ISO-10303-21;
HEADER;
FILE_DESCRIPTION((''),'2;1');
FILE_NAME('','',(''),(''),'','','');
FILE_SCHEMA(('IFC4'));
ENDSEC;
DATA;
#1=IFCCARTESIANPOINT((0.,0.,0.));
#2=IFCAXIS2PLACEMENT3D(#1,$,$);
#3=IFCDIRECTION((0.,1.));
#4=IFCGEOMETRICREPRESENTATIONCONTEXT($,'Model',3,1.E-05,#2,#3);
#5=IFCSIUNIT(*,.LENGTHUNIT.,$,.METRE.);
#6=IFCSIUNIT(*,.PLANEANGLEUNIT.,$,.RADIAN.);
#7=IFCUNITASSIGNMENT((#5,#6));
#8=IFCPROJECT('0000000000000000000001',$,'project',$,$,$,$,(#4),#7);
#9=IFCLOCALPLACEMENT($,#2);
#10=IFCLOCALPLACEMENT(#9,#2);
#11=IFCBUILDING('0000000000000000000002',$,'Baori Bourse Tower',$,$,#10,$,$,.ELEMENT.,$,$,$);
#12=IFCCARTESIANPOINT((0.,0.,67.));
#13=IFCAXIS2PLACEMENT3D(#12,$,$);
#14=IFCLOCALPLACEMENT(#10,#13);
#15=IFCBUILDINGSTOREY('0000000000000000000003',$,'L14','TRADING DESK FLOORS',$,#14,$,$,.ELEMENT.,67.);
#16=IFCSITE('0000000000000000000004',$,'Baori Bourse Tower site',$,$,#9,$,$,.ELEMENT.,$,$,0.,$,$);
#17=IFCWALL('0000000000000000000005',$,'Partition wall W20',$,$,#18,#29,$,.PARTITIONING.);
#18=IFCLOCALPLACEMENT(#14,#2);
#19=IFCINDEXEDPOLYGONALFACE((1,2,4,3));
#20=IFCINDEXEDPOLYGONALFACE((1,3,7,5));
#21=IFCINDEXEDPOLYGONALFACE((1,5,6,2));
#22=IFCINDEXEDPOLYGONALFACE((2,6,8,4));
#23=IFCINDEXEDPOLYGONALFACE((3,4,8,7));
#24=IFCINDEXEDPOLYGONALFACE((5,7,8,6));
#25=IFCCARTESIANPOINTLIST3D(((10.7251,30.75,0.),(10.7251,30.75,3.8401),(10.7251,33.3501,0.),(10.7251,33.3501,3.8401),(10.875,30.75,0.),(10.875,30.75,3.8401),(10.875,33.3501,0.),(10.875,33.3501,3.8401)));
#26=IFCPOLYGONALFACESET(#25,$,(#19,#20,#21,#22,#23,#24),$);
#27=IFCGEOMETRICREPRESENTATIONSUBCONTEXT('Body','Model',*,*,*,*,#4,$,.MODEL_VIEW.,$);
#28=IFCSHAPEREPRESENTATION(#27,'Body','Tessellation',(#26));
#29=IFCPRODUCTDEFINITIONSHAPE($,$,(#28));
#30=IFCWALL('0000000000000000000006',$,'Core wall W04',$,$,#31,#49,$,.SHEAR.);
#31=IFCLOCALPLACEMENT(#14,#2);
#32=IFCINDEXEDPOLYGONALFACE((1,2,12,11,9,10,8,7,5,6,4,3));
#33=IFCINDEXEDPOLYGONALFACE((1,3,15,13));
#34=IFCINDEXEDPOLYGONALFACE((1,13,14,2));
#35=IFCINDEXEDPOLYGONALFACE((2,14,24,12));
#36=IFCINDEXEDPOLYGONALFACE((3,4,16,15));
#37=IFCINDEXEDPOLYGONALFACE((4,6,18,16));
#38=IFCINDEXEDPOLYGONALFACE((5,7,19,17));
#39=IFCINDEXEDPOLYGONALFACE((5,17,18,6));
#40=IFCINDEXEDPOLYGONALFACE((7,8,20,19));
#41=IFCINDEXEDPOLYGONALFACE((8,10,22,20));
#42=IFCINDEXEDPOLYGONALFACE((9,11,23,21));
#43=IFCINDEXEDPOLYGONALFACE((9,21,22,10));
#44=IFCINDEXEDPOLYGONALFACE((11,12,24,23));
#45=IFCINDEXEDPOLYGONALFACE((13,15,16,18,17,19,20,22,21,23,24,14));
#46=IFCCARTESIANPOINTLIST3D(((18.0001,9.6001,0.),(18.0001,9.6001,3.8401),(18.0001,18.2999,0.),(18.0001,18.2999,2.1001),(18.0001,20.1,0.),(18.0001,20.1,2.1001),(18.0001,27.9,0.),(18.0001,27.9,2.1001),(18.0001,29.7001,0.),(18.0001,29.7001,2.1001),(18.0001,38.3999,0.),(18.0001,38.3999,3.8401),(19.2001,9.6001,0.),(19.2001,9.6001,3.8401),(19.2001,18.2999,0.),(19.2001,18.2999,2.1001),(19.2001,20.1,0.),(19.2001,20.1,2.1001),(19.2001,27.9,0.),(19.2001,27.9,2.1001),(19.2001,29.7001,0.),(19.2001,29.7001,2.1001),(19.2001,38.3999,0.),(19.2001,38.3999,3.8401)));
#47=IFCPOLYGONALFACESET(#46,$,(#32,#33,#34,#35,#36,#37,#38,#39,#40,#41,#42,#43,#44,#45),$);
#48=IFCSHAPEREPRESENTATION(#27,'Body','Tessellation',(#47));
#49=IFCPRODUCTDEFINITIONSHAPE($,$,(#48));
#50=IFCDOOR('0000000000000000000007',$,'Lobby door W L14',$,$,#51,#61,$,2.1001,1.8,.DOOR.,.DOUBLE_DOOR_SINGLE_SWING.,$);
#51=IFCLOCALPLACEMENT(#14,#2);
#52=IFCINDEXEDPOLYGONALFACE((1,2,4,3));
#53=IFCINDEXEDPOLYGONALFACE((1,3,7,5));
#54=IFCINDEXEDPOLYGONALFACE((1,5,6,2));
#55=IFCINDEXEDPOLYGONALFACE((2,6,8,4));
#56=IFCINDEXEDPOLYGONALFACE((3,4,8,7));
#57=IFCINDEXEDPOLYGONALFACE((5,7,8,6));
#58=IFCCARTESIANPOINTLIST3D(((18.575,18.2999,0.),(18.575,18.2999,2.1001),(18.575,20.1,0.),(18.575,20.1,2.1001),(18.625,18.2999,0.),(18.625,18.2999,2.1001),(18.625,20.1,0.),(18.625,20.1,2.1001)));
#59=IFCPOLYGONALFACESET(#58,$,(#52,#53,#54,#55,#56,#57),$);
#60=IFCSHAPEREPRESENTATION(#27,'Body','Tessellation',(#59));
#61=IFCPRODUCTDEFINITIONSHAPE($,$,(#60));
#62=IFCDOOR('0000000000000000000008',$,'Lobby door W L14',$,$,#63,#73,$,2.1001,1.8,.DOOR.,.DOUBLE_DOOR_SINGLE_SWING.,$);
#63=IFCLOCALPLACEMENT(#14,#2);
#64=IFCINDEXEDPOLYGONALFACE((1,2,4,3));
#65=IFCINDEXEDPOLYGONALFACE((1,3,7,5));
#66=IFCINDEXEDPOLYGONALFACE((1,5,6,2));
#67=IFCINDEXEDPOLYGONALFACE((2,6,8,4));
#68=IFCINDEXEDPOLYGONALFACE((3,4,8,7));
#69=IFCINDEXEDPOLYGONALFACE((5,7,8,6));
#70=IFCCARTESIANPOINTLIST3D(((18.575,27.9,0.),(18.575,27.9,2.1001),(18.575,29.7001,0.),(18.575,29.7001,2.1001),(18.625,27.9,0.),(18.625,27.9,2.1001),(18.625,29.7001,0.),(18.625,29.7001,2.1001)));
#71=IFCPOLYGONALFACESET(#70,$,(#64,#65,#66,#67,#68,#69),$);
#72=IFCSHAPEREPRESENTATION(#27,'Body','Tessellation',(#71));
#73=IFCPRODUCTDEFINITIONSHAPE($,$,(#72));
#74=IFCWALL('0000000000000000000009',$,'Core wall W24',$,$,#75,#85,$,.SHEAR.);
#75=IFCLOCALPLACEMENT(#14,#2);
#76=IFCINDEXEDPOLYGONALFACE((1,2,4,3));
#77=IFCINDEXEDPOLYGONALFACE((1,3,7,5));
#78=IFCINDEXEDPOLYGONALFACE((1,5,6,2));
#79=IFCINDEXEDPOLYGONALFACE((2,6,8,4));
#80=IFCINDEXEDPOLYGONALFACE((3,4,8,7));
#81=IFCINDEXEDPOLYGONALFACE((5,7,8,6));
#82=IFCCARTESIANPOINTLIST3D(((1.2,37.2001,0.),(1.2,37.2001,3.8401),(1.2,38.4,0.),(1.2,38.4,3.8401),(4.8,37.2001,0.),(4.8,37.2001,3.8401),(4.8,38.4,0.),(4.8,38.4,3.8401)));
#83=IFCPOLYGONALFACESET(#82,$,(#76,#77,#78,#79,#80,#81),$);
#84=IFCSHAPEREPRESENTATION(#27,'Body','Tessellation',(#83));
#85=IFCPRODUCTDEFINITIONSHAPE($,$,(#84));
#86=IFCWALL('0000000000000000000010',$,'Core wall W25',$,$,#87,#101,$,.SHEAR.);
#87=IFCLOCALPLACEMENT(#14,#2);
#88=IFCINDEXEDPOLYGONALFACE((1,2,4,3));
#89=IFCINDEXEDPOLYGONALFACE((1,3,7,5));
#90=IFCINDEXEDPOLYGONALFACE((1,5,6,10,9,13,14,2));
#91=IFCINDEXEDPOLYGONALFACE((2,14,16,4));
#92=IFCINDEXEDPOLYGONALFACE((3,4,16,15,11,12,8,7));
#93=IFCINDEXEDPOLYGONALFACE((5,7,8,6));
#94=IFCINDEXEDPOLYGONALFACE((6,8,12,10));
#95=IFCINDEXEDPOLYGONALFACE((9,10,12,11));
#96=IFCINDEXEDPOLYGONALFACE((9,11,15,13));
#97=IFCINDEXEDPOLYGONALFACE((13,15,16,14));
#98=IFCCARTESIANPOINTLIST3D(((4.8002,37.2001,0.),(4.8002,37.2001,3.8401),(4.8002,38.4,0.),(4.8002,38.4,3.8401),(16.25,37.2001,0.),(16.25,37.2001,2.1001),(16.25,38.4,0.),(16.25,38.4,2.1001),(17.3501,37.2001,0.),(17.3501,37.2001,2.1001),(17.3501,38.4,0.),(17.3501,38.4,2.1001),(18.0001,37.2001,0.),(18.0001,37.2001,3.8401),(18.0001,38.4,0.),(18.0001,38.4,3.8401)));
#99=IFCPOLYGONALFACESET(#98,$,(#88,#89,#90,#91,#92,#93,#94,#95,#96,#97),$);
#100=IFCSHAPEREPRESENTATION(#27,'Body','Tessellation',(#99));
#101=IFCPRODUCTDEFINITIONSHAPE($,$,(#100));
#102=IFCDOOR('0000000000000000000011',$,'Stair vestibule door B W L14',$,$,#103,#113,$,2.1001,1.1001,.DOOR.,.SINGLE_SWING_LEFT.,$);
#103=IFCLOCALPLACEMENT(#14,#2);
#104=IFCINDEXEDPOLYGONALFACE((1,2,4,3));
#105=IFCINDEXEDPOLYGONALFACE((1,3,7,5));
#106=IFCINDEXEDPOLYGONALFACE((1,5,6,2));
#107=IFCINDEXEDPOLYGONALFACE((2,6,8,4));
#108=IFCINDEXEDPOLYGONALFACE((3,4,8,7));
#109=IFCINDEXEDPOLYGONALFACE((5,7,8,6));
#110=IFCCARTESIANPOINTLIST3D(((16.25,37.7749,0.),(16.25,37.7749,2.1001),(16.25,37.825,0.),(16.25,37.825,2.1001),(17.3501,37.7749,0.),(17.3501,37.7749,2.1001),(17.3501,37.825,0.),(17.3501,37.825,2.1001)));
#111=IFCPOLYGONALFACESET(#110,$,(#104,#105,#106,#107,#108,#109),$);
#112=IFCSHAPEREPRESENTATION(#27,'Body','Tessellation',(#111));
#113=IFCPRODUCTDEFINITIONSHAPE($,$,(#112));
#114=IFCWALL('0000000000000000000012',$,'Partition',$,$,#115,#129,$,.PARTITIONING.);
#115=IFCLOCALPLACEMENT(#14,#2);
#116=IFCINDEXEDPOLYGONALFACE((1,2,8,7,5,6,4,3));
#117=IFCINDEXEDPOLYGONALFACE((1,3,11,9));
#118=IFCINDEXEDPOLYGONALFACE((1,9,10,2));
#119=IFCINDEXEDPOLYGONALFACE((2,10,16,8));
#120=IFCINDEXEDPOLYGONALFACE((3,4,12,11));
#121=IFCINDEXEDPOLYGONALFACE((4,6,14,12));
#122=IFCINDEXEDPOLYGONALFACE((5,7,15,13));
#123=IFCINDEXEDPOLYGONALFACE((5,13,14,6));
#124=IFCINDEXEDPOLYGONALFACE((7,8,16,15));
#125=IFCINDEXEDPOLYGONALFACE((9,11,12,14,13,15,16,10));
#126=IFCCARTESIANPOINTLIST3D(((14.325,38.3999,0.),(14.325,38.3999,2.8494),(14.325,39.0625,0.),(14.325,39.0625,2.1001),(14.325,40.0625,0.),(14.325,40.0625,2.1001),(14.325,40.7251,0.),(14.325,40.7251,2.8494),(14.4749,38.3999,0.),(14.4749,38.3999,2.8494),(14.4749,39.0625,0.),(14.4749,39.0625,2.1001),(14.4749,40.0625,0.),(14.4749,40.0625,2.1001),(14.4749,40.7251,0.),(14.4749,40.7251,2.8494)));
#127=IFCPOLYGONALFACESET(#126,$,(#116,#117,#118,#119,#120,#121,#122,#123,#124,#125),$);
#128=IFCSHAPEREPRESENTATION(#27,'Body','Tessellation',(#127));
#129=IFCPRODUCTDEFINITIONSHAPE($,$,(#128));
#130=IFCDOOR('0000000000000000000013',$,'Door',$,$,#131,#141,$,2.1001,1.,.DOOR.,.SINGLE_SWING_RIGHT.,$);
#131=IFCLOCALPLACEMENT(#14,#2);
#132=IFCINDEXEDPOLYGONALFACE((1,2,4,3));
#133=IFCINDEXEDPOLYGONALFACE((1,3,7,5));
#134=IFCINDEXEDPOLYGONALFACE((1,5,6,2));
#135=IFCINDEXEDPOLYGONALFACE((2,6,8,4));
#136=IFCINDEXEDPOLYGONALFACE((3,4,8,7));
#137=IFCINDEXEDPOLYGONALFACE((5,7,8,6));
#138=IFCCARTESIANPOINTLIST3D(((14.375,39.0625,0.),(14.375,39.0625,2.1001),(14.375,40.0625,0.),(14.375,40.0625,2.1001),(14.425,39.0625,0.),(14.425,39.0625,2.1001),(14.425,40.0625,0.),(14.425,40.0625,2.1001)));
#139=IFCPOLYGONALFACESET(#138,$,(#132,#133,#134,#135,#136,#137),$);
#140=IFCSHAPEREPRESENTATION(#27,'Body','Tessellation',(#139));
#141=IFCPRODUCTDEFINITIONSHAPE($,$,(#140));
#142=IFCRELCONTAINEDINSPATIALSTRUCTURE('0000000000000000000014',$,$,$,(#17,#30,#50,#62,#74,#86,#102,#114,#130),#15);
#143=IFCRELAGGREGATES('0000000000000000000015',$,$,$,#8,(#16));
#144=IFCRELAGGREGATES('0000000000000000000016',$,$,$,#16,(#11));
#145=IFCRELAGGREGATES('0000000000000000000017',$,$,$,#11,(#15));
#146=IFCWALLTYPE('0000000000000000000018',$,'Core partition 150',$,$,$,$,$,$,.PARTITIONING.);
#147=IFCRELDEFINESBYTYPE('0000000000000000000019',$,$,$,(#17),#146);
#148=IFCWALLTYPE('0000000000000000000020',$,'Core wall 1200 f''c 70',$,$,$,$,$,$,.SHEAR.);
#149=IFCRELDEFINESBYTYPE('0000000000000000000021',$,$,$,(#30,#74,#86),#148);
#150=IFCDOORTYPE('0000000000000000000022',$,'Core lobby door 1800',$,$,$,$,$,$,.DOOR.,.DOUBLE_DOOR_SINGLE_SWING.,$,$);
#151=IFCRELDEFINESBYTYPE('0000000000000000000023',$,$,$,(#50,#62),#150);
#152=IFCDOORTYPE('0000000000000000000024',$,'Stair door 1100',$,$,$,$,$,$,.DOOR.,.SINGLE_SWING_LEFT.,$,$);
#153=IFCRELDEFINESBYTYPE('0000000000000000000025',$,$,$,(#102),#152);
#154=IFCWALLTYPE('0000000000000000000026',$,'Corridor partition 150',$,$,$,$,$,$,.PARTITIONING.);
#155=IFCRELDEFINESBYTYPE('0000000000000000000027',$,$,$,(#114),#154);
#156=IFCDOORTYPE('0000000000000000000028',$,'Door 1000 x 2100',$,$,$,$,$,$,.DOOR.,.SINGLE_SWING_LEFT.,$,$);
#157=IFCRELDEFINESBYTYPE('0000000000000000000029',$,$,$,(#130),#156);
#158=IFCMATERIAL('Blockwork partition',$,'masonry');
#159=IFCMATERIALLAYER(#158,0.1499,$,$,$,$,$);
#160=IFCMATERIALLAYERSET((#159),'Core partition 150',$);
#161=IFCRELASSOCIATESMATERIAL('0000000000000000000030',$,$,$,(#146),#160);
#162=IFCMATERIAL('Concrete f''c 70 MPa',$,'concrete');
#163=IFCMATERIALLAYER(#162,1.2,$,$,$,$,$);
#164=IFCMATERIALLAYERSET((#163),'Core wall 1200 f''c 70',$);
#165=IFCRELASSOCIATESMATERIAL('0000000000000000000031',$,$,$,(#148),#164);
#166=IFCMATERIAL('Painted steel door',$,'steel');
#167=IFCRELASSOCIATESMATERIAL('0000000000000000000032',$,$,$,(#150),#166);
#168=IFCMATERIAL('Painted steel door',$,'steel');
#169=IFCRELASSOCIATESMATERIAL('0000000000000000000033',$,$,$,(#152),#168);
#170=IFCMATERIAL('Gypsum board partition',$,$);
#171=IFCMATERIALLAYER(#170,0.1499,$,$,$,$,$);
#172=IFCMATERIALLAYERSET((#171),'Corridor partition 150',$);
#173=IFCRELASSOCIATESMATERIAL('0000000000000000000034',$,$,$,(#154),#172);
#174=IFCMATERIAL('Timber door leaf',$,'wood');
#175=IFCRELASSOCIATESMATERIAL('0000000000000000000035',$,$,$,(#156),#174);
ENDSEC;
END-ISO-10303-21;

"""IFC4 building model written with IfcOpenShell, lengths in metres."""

from ifc_helpers import new_model, si_unit, direction, frame, frame_2d, origin, place, context, subcontext, project, spatial, rectangle, extrude, material, layer, layer_set, type_object, element, fill, save


model = new_model("IFC4")

# Units and contexts
model_context = context("Model", 3, precision=1e-05, world=origin(), true_north=direction((0.0, 1.0)))
body_context = subcontext(model_context, "Body", "Model", "MODEL_VIEW")
ifc_project = project(units=[si_unit("LENGTHUNIT", "METRE"), si_unit("PLANEANGLEUNIT", "RADIAN")], contexts=[model_context])

# Site, building, storey
site_placement = place(None, origin())
site = spatial("IfcSite", under=ifc_project, at=site_placement, Name="Baori Bourse Tower site", CompositionType="ELEMENT", RefElevation=0.0)
building_placement = place(site_placement, origin())
building = spatial("IfcBuilding", under=site, at=building_placement, Name="Baori Bourse Tower", CompositionType="ELEMENT")
storey_placement = place(building_placement, frame((0.0, 0.0, 67.0)))
storey = spatial("IfcBuildingStorey", under=building, at=storey_placement, Name="L14", Description="TRADING DESK FLOORS", CompositionType="ELEMENT", Elevation=67.0)

# Wall
ifc_material_1 = material(Name="Blockwork partition", Category="masonry")
ifc_layer_1 = layer(ifc_material_1, 0.1499)
ifc_layer_set_1 = layer_set([ifc_layer_1], Name="Core partition 150")
wall_type_1 = type_object("IfcWallType", Name="Core partition 150", PredefinedType="PARTITIONING", material=ifc_layer_set_1)
for number, where, z_axis, x_axis, name in (
    (1, (10.8, 30.75, 0.0), (0.0, 0.0, 1.0), (0.0, 1.0, 0.0), "Partition wall W20"),
):
    element("IfcWall", number, at=place(storey_placement, frame(where, z_axis=z_axis, x_axis=x_axis)), inside=storey, type_object=wall_type_1, Name=name, PredefinedType="PARTITIONING", context=body_context, shape_type="SweptSolid", body=[
        extrude(rectangle(XDim=2.6001, YDim=0.1499, at=frame_2d((1.3, 0.0))), origin(), (0.0, 0.0, 1.0), 3.8401),
    ])

# Wall, openings, doors
ifc_material_2 = material(Name="Concrete f'c 70 MPa", Category="concrete")
ifc_layer_2 = layer(ifc_material_2, 1.2)
ifc_layer_set_2 = layer_set([ifc_layer_2], Name="Core wall 1200 f'c 70")
wall_type_2 = type_object("IfcWallType", Name="Core wall 1200 f'c 70", PredefinedType="SHEAR", material=ifc_layer_set_2)
wall_1_placement = place(storey_placement, frame((18.6001, 38.3999, 0.0), z_axis=(0.0, 0.0, 1.0), x_axis=(0.0, -1.0, 0.0)))
wall_1 = element("IfcWall", 2, at=wall_1_placement, inside=storey, type_object=wall_type_2, Name="Core wall W04", PredefinedType="SHEAR", context=body_context, shape_type="SweptSolid", body=[
    extrude(rectangle(XDim=28.7998, YDim=1.2, at=frame_2d((14.3999, 0.0))), origin(), (0.0, 0.0, 1.0), 3.8401),
])
opening_1_placement = place(wall_1_placement, frame((18.3, 0.0, 0.0)))
opening_1 = element("IfcOpeningElement", 3, at=opening_1_placement, cuts=wall_1, PredefinedType="OPENING", context=body_context, shape_type="SweptSolid", body=[
    extrude(rectangle(XDim=1.8, YDim=2.1001, at=frame_2d((0.8999, 1.05))), frame((0.0, 0.6099, 0.0), z_axis=(0.0, -1.0, 0.0), x_axis=(1.0, 0.0, 0.0)), (0.0, 0.0, 1.0), 1.22),
])
opening_2_placement = place(wall_1_placement, frame((8.7, 0.0, 0.0)))
opening_2 = element("IfcOpeningElement", 4, at=opening_2_placement, cuts=wall_1, PredefinedType="OPENING", context=body_context, shape_type="SweptSolid", body=[
    extrude(rectangle(XDim=1.8, YDim=2.1001, at=frame_2d((0.8999, 1.05))), frame((0.0, 0.6099, 0.0), z_axis=(0.0, -1.0, 0.0), x_axis=(1.0, 0.0, 0.0)), (0.0, 0.0, 1.0), 1.22),
])
ifc_material_3 = material(Name="Painted steel door", Category="steel")
door_type_1 = type_object("IfcDoorType", Name="Core lobby door 1800", OperationType="DOUBLE_DOOR_SINGLE_SWING", PredefinedType="DOOR", material=ifc_material_3)
door_1_placement = place(opening_1_placement, origin())
door_1 = element("IfcDoor", 5, at=door_1_placement, inside=storey, type_object=door_type_1, Name="Lobby door W L14", OperationType="DOUBLE_DOOR_SINGLE_SWING", OverallHeight=2.1001, OverallWidth=1.8, PredefinedType="DOOR", context=body_context, shape_type="SweptSolid", body=[
    extrude(rectangle(XDim=1.8, YDim=2.1001, at=frame_2d((0.8999, 1.05))), frame((0.0, 0.0249, 0.0), z_axis=(0.0, -1.0, 0.0), x_axis=(1.0, 0.0, 0.0)), (0.0, 0.0, 1.0), 0.05),
])
fill(opening_1, door_1)
door_2_placement = place(opening_2_placement, origin())
door_2 = element("IfcDoor", 6, at=door_2_placement, inside=storey, type_object=door_type_1, Name="Lobby door W L14", OperationType="DOUBLE_DOOR_SINGLE_SWING", OverallHeight=2.1001, OverallWidth=1.8, PredefinedType="DOOR", context=body_context, shape_type="SweptSolid", body=[
    extrude(rectangle(XDim=1.8, YDim=2.1001, at=frame_2d((0.8999, 1.05))), frame((0.0, 0.0249, 0.0), z_axis=(0.0, -1.0, 0.0), x_axis=(1.0, 0.0, 0.0)), (0.0, 0.0, 1.0), 0.05),
])
fill(opening_2, door_2)

# Wall
wall_2_placement = place(storey_placement, frame((1.2, 37.8, 0.0), z_axis=(0.0, 0.0, 1.0), x_axis=(1.0, 0.0, 0.0)))
element("IfcWall", 7, at=wall_2_placement, inside=storey, type_object=wall_type_2, Name="Core wall W24", PredefinedType="SHEAR", context=body_context, shape_type="SweptSolid", body=[
    extrude(rectangle(XDim=3.6001, YDim=1.2, at=frame_2d((1.8, 0.0))), origin(), (0.0, 0.0, 1.0), 3.8401),
])

# Walls, openings, doors
wall_3_placement = place(storey_placement, frame((4.8, 37.8, 0.0), z_axis=(0.0, 0.0, 1.0), x_axis=(1.0, 0.0, 0.0)))
wall_3 = element("IfcWall", 8, at=wall_3_placement, inside=storey, type_object=wall_type_2, Name="Core wall W25", PredefinedType="SHEAR", context=body_context, shape_type="SweptSolid", body=[
    extrude(rectangle(XDim=13.2, YDim=1.2, at=frame_2d((6.6001, 0.0))), origin(), (0.0, 0.0, 1.0), 3.8401),
])
opening_3_placement = place(wall_3_placement, frame((11.45, 0.0, 0.0)))
opening_3 = element("IfcOpeningElement", 9, at=opening_3_placement, cuts=wall_3, PredefinedType="OPENING", context=body_context, shape_type="SweptSolid", body=[
    extrude(rectangle(XDim=1.1001, YDim=2.1001, at=frame_2d((0.55, 1.05))), frame((0.0, 0.6099, 0.0), z_axis=(0.0, -1.0, 0.0), x_axis=(1.0, 0.0, 0.0)), (0.0, 0.0, 1.0), 1.22),
])
ifc_material_4 = material(Name="Painted steel door", Category="steel")
door_type_2 = type_object("IfcDoorType", Name="Stair door 1100", OperationType="SINGLE_SWING_LEFT", PredefinedType="DOOR", material=ifc_material_4)
door_3_placement = place(opening_3_placement, origin())
door_3 = element("IfcDoor", 10, at=door_3_placement, inside=storey, type_object=door_type_2, Name="Stair vestibule door B W L14", OperationType="SINGLE_SWING_LEFT", OverallHeight=2.1001, OverallWidth=1.1001, PredefinedType="DOOR", context=body_context, shape_type="SweptSolid", body=[
    extrude(rectangle(XDim=1.1001, YDim=2.1001, at=frame_2d((0.55, 1.05))), frame((0.0, 0.0249, 0.0), z_axis=(0.0, -1.0, 0.0), x_axis=(1.0, 0.0, 0.0)), (0.0, 0.0, 1.0), 0.05),
])
fill(opening_3, door_3)
ifc_material_5 = material(Name="Gypsum board partition")
ifc_layer_3 = layer(ifc_material_5, 0.1499)
ifc_layer_set_3 = layer_set([ifc_layer_3], Name="Corridor partition 150")
wall_type_3 = type_object("IfcWallType", Name="Corridor partition 150", PredefinedType="PARTITIONING", material=ifc_layer_set_3)
wall_4_placement = place(storey_placement, frame((14.3999, 38.3999, 0.0), z_axis=(0.0, 0.0, 1.0), x_axis=(0.0, 1.0, 0.0)))
wall_4 = element("IfcWall", 11, at=wall_4_placement, inside=storey, type_object=wall_type_3, Name="Partition", PredefinedType="PARTITIONING", context=body_context, shape_type="SweptSolid", body=[
    extrude(rectangle(XDim=2.3252, YDim=0.1499, at=frame_2d((1.1626, 0.0))), origin(), (0.0, 0.0, 1.0), 2.8494),
])
opening_4_placement = place(wall_4_placement, frame((0.6626, 0.0, 0.0)))
opening_4 = element("IfcOpeningElement", 12, at=opening_4_placement, cuts=wall_4, PredefinedType="OPENING", context=body_context, shape_type="SweptSolid", body=[
    extrude(rectangle(XDim=1.0, YDim=2.1001, at=frame_2d((0.5, 1.05))), frame((0.0, 0.085, 0.0), z_axis=(0.0, -1.0, 0.0), x_axis=(1.0, 0.0, 0.0)), (0.0, 0.0, 1.0), 0.1699),
])
ifc_material_6 = material(Name="Timber door leaf", Category="wood")
door_type_3 = type_object("IfcDoorType", Name="Door 1000 x 2100", OperationType="SINGLE_SWING_LEFT", PredefinedType="DOOR", material=ifc_material_6)
door_4_placement = place(opening_4_placement, origin())
door_4 = element("IfcDoor", 13, at=door_4_placement, inside=storey, type_object=door_type_3, Name="Door", OperationType="SINGLE_SWING_RIGHT", OverallHeight=2.1001, OverallWidth=1.0, PredefinedType="DOOR", context=body_context, shape_type="SweptSolid", body=[
    extrude(rectangle(XDim=1.0, YDim=2.1001, at=frame_2d((0.5, 1.05))), frame((0.0, 0.0249, 0.0), z_axis=(0.0, -1.0, 0.0), x_axis=(1.0, 0.0, 0.0)), (0.0, 0.0, 1.0), 0.05),
])
fill(opening_4, door_4)

save(model, "model.ifc")
